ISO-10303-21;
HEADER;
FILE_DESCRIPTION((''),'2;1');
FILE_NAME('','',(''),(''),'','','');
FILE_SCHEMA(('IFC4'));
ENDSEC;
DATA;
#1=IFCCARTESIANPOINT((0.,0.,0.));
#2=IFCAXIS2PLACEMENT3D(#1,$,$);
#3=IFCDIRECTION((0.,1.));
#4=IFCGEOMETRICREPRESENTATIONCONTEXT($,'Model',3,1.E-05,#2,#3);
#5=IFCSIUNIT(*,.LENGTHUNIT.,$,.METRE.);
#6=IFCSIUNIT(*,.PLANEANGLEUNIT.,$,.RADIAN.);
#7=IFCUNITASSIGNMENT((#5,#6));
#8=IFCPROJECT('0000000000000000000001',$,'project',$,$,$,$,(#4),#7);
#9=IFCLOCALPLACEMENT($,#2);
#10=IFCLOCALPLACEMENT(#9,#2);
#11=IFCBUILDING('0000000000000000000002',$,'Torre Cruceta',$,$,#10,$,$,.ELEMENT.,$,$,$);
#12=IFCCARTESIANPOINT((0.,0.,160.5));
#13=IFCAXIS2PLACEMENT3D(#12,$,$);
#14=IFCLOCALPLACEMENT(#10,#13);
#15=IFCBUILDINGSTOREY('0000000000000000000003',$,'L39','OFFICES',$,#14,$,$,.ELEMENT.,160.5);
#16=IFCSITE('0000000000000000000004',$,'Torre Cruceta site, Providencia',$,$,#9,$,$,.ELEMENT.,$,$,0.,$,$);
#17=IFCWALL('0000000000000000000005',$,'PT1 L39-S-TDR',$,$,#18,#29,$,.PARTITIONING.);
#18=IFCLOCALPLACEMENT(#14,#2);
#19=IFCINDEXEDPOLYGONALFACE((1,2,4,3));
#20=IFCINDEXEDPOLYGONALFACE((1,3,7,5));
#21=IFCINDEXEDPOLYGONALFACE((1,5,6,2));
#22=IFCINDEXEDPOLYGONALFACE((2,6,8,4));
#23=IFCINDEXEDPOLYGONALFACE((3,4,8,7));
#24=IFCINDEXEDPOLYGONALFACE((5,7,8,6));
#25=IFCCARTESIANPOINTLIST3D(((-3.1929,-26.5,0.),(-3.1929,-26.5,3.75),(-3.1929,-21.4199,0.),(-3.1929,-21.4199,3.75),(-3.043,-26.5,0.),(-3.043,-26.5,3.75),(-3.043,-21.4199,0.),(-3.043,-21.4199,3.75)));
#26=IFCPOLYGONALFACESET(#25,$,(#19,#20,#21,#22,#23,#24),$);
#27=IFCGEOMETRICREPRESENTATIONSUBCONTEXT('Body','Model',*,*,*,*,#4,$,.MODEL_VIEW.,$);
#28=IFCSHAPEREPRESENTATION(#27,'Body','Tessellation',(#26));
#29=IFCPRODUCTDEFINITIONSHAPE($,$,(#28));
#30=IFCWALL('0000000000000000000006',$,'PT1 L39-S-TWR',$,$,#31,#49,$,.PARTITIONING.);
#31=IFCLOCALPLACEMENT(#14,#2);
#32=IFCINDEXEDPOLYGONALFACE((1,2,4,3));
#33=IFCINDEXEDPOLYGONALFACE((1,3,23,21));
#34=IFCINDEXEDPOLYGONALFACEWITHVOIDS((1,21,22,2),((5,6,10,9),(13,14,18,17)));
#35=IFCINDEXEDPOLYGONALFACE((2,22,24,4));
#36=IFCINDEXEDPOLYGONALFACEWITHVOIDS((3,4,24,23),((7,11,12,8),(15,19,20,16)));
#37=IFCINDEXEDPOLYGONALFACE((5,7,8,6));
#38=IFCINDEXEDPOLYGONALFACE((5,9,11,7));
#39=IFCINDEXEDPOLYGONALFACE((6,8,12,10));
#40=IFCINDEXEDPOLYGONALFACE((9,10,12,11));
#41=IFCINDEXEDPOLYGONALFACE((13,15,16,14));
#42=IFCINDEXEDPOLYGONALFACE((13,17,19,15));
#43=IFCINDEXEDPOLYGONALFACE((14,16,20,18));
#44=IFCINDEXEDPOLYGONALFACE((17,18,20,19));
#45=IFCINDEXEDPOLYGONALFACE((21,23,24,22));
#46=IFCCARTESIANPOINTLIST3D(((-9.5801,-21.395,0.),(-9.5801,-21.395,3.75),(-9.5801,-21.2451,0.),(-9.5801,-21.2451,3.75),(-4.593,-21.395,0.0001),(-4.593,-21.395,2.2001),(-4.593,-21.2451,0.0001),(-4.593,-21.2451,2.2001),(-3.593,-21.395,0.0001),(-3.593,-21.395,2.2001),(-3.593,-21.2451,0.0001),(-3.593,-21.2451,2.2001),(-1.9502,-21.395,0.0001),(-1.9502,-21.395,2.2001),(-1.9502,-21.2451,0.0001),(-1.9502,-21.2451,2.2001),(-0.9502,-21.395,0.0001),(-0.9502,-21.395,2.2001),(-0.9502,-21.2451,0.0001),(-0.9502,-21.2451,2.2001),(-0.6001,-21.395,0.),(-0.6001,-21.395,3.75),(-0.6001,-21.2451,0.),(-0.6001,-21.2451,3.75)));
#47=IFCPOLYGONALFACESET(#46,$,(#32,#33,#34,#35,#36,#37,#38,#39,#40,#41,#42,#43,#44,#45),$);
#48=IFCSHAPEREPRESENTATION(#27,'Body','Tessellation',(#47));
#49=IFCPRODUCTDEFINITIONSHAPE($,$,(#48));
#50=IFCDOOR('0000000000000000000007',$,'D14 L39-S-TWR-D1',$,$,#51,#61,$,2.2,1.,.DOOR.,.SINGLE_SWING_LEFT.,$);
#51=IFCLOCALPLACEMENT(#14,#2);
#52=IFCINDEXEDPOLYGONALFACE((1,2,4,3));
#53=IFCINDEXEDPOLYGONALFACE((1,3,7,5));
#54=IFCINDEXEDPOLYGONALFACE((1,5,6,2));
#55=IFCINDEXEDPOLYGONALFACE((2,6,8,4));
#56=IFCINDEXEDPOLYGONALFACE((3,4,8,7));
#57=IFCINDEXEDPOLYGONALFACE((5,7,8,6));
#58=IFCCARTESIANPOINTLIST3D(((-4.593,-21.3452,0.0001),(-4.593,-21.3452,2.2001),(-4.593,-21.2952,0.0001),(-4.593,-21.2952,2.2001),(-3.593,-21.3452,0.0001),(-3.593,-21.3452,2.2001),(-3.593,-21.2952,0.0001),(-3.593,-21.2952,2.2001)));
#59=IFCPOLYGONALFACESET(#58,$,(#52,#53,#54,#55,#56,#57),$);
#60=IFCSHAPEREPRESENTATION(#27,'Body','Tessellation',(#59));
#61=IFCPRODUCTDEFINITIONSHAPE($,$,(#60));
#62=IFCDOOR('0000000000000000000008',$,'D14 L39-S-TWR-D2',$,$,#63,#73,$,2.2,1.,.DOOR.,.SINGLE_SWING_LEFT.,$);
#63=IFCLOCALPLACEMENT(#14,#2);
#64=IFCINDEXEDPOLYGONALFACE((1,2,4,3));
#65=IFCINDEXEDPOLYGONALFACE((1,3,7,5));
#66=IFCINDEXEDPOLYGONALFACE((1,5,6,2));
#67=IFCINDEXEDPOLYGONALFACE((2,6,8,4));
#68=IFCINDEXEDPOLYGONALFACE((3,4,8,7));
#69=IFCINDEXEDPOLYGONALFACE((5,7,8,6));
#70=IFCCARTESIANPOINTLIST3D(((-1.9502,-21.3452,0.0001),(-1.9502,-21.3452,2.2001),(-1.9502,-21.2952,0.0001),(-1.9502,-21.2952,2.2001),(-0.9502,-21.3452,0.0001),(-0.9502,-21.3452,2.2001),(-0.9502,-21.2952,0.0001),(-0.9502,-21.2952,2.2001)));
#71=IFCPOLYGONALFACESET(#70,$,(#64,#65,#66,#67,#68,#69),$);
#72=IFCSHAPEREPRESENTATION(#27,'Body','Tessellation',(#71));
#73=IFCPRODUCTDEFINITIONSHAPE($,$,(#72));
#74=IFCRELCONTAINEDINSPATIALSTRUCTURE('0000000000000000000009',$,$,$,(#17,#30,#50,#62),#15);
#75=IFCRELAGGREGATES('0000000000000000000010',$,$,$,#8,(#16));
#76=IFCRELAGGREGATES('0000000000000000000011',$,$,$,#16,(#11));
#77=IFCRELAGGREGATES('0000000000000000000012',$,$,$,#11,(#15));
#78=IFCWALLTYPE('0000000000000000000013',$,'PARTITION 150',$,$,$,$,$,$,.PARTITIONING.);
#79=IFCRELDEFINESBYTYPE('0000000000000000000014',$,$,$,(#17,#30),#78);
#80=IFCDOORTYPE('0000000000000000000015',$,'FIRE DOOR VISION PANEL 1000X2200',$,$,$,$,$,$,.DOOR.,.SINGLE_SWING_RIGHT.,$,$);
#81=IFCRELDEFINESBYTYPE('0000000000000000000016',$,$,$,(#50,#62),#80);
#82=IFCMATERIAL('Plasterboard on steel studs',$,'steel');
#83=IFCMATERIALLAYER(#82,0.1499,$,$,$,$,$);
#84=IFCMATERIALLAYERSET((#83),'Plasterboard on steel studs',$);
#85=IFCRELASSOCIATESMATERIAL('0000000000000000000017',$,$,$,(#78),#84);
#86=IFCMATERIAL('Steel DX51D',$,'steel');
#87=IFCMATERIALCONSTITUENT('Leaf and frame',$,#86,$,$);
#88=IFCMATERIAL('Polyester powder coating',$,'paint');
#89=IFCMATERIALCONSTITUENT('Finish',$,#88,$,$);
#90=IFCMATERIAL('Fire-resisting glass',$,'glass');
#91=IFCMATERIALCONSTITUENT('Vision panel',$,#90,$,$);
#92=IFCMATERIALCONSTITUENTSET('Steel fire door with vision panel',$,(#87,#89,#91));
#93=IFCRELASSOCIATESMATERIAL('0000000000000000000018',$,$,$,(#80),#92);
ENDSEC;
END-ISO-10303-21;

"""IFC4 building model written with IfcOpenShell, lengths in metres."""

from ifc_helpers import new_model, si_unit, direction, frame, frame_2d, origin, place, context, subcontext, project, spatial, rectangle, extrude, material, layer, layer_set, constituent, constituent_set, type_object, element, fill, save


model = new_model("IFC4")

# Units and contexts
model_context = context("Model", 3, precision=1e-05, world=origin(), true_north=direction((0.0, 1.0)))
body_context = subcontext(model_context, "Body", "Model", "MODEL_VIEW")
ifc_project = project(units=[si_unit("LENGTHUNIT", "METRE"), si_unit("PLANEANGLEUNIT", "RADIAN")], contexts=[model_context])

# Site, building, storey
site_placement = place(None, origin())
site = spatial("IfcSite", under=ifc_project, at=site_placement, Name="Torre Cruceta site, Providencia", CompositionType="ELEMENT", RefElevation=0.0)
building_placement = place(site_placement, origin())
building = spatial("IfcBuilding", under=site, at=building_placement, Name="Torre Cruceta", CompositionType="ELEMENT")
storey_placement = place(building_placement, frame((0.0, 0.0, 160.5)))
storey = spatial("IfcBuildingStorey", under=building, at=storey_placement, Name="L39", Description="OFFICES", CompositionType="ELEMENT", Elevation=160.5)

# Shared definitions
ifc_material_1 = material(Name="Plasterboard on steel studs", Category="steel")
ifc_layer_1 = layer(ifc_material_1, 0.1499)
ifc_layer_set_1 = layer_set([ifc_layer_1], Name="Plasterboard on steel studs")
wall_type_1 = type_object("IfcWallType", Name="PARTITION 150", PredefinedType="PARTITIONING", material=ifc_layer_set_1)

# Wall
wall_1_placement = place(storey_placement, frame((-3.1179, -21.4199, 0.0), z_axis=(0.0, 0.0, 1.0), x_axis=(0.0, -1.0, 0.0)))
element("IfcWall", 1, at=wall_1_placement, inside=storey, type_object=wall_type_1, Name="PT1 L39-S-TDR", PredefinedType="PARTITIONING", context=body_context, shape_type="SweptSolid", body=[
    extrude(rectangle(XDim=5.0801, YDim=0.1499, at=frame_2d((2.54, 0.0))), origin(), (0.0, 0.0, 1.0), 3.75),
])

# Wall, openings, doors
wall_2_placement = place(storey_placement, frame((-9.5801, -21.3201, 0.0), z_axis=(0.0, 0.0, 1.0), x_axis=(1.0, 0.0, 0.0)))
wall_2 = element("IfcWall", 2, at=wall_2_placement, inside=storey, type_object=wall_type_1, Name="PT1 L39-S-TWR", PredefinedType="PARTITIONING", context=body_context, shape_type="SweptSolid", body=[
    extrude(rectangle(XDim=8.98, YDim=0.1499, at=frame_2d((4.49, 0.0))), origin(), (0.0, 0.0, 1.0), 3.75),
])
opening_1_placement = place(wall_2_placement, frame((4.9871, 0.0, 0.0)))
opening_1 = element("IfcOpeningElement", 3, at=opening_1_placement, cuts=wall_2, PredefinedType="OPENING", context=body_context, shape_type="SweptSolid", body=[
    extrude(rectangle(XDim=1.0, YDim=2.2, at=frame_2d((0.5, 1.1001))), frame((0.0, 0.085, 0.0), z_axis=(0.0, -1.0, 0.0), x_axis=(1.0, 0.0, 0.0)), (0.0, 0.0, 1.0), 0.1699),
])
opening_2_placement = place(wall_2_placement, frame((7.6299, 0.0, 0.0)))
opening_2 = element("IfcOpeningElement", 4, at=opening_2_placement, cuts=wall_2, PredefinedType="OPENING", context=body_context, shape_type="SweptSolid", body=[
    extrude(rectangle(XDim=1.0, YDim=2.2, at=frame_2d((0.5, 1.1001))), frame((0.0, 0.085, 0.0), z_axis=(0.0, -1.0, 0.0), x_axis=(1.0, 0.0, 0.0)), (0.0, 0.0, 1.0), 0.1699),
])
ifc_material_2 = material(Name="Steel DX51D", Category="steel")
ifc_constituent_1 = constituent(ifc_material_2, Name="Leaf and frame")
ifc_material_3 = material(Name="Polyester powder coating", Category="paint")
ifc_constituent_2 = constituent(ifc_material_3, Name="Finish")
ifc_material_4 = material(Name="Fire-resisting glass", Category="glass")
ifc_constituent_3 = constituent(ifc_material_4, Name="Vision panel")
ifc_constituent_set_1 = constituent_set(constituents=[ifc_constituent_1, ifc_constituent_2, ifc_constituent_3], Name="Steel fire door with vision panel")
door_type_1 = type_object("IfcDoorType", Name="FIRE DOOR VISION PANEL 1000X2200", OperationType="SINGLE_SWING_RIGHT", PredefinedType="DOOR", material=ifc_constituent_set_1)
door_1_placement = place(opening_1_placement, frame((1.0, 0.0, 0.0), z_axis=(0.0, 0.0, 1.0), x_axis=(-1.0, 0.0, 0.0)))
door_1 = element("IfcDoor", 5, at=door_1_placement, inside=storey, type_object=door_type_1, Name="D14 L39-S-TWR-D1", OperationType="SINGLE_SWING_LEFT", OverallHeight=2.2, OverallWidth=1.0, PredefinedType="DOOR", context=body_context, shape_type="SweptSolid", body=[
    extrude(rectangle(XDim=1.0, YDim=2.2, at=frame_2d((0.5, 1.1001))), frame((0.0, 0.0251, 0.0), z_axis=(0.0, -1.0, 0.0), x_axis=(1.0, 0.0, 0.0)), (0.0, 0.0, 1.0), 0.05),
])
fill(opening_1, door_1)
door_2_placement = place(opening_2_placement, frame((1.0, 0.0, 0.0), z_axis=(0.0, 0.0, 1.0), x_axis=(-1.0, 0.0, 0.0)))
door_2 = element("IfcDoor", 6, at=door_2_placement, inside=storey, type_object=door_type_1, Name="D14 L39-S-TWR-D2", OperationType="SINGLE_SWING_LEFT", OverallHeight=2.2, OverallWidth=1.0, PredefinedType="DOOR", context=body_context, shape_type="SweptSolid", body=[
    extrude(rectangle(XDim=1.0, YDim=2.2, at=frame_2d((0.5, 1.1001))), frame((0.0, 0.0251, 0.0), z_axis=(0.0, -1.0, 0.0), x_axis=(1.0, 0.0, 0.0)), (0.0, 0.0, 1.0), 0.05),
])
fill(opening_2, door_2)

save(model, "model.ifc")
